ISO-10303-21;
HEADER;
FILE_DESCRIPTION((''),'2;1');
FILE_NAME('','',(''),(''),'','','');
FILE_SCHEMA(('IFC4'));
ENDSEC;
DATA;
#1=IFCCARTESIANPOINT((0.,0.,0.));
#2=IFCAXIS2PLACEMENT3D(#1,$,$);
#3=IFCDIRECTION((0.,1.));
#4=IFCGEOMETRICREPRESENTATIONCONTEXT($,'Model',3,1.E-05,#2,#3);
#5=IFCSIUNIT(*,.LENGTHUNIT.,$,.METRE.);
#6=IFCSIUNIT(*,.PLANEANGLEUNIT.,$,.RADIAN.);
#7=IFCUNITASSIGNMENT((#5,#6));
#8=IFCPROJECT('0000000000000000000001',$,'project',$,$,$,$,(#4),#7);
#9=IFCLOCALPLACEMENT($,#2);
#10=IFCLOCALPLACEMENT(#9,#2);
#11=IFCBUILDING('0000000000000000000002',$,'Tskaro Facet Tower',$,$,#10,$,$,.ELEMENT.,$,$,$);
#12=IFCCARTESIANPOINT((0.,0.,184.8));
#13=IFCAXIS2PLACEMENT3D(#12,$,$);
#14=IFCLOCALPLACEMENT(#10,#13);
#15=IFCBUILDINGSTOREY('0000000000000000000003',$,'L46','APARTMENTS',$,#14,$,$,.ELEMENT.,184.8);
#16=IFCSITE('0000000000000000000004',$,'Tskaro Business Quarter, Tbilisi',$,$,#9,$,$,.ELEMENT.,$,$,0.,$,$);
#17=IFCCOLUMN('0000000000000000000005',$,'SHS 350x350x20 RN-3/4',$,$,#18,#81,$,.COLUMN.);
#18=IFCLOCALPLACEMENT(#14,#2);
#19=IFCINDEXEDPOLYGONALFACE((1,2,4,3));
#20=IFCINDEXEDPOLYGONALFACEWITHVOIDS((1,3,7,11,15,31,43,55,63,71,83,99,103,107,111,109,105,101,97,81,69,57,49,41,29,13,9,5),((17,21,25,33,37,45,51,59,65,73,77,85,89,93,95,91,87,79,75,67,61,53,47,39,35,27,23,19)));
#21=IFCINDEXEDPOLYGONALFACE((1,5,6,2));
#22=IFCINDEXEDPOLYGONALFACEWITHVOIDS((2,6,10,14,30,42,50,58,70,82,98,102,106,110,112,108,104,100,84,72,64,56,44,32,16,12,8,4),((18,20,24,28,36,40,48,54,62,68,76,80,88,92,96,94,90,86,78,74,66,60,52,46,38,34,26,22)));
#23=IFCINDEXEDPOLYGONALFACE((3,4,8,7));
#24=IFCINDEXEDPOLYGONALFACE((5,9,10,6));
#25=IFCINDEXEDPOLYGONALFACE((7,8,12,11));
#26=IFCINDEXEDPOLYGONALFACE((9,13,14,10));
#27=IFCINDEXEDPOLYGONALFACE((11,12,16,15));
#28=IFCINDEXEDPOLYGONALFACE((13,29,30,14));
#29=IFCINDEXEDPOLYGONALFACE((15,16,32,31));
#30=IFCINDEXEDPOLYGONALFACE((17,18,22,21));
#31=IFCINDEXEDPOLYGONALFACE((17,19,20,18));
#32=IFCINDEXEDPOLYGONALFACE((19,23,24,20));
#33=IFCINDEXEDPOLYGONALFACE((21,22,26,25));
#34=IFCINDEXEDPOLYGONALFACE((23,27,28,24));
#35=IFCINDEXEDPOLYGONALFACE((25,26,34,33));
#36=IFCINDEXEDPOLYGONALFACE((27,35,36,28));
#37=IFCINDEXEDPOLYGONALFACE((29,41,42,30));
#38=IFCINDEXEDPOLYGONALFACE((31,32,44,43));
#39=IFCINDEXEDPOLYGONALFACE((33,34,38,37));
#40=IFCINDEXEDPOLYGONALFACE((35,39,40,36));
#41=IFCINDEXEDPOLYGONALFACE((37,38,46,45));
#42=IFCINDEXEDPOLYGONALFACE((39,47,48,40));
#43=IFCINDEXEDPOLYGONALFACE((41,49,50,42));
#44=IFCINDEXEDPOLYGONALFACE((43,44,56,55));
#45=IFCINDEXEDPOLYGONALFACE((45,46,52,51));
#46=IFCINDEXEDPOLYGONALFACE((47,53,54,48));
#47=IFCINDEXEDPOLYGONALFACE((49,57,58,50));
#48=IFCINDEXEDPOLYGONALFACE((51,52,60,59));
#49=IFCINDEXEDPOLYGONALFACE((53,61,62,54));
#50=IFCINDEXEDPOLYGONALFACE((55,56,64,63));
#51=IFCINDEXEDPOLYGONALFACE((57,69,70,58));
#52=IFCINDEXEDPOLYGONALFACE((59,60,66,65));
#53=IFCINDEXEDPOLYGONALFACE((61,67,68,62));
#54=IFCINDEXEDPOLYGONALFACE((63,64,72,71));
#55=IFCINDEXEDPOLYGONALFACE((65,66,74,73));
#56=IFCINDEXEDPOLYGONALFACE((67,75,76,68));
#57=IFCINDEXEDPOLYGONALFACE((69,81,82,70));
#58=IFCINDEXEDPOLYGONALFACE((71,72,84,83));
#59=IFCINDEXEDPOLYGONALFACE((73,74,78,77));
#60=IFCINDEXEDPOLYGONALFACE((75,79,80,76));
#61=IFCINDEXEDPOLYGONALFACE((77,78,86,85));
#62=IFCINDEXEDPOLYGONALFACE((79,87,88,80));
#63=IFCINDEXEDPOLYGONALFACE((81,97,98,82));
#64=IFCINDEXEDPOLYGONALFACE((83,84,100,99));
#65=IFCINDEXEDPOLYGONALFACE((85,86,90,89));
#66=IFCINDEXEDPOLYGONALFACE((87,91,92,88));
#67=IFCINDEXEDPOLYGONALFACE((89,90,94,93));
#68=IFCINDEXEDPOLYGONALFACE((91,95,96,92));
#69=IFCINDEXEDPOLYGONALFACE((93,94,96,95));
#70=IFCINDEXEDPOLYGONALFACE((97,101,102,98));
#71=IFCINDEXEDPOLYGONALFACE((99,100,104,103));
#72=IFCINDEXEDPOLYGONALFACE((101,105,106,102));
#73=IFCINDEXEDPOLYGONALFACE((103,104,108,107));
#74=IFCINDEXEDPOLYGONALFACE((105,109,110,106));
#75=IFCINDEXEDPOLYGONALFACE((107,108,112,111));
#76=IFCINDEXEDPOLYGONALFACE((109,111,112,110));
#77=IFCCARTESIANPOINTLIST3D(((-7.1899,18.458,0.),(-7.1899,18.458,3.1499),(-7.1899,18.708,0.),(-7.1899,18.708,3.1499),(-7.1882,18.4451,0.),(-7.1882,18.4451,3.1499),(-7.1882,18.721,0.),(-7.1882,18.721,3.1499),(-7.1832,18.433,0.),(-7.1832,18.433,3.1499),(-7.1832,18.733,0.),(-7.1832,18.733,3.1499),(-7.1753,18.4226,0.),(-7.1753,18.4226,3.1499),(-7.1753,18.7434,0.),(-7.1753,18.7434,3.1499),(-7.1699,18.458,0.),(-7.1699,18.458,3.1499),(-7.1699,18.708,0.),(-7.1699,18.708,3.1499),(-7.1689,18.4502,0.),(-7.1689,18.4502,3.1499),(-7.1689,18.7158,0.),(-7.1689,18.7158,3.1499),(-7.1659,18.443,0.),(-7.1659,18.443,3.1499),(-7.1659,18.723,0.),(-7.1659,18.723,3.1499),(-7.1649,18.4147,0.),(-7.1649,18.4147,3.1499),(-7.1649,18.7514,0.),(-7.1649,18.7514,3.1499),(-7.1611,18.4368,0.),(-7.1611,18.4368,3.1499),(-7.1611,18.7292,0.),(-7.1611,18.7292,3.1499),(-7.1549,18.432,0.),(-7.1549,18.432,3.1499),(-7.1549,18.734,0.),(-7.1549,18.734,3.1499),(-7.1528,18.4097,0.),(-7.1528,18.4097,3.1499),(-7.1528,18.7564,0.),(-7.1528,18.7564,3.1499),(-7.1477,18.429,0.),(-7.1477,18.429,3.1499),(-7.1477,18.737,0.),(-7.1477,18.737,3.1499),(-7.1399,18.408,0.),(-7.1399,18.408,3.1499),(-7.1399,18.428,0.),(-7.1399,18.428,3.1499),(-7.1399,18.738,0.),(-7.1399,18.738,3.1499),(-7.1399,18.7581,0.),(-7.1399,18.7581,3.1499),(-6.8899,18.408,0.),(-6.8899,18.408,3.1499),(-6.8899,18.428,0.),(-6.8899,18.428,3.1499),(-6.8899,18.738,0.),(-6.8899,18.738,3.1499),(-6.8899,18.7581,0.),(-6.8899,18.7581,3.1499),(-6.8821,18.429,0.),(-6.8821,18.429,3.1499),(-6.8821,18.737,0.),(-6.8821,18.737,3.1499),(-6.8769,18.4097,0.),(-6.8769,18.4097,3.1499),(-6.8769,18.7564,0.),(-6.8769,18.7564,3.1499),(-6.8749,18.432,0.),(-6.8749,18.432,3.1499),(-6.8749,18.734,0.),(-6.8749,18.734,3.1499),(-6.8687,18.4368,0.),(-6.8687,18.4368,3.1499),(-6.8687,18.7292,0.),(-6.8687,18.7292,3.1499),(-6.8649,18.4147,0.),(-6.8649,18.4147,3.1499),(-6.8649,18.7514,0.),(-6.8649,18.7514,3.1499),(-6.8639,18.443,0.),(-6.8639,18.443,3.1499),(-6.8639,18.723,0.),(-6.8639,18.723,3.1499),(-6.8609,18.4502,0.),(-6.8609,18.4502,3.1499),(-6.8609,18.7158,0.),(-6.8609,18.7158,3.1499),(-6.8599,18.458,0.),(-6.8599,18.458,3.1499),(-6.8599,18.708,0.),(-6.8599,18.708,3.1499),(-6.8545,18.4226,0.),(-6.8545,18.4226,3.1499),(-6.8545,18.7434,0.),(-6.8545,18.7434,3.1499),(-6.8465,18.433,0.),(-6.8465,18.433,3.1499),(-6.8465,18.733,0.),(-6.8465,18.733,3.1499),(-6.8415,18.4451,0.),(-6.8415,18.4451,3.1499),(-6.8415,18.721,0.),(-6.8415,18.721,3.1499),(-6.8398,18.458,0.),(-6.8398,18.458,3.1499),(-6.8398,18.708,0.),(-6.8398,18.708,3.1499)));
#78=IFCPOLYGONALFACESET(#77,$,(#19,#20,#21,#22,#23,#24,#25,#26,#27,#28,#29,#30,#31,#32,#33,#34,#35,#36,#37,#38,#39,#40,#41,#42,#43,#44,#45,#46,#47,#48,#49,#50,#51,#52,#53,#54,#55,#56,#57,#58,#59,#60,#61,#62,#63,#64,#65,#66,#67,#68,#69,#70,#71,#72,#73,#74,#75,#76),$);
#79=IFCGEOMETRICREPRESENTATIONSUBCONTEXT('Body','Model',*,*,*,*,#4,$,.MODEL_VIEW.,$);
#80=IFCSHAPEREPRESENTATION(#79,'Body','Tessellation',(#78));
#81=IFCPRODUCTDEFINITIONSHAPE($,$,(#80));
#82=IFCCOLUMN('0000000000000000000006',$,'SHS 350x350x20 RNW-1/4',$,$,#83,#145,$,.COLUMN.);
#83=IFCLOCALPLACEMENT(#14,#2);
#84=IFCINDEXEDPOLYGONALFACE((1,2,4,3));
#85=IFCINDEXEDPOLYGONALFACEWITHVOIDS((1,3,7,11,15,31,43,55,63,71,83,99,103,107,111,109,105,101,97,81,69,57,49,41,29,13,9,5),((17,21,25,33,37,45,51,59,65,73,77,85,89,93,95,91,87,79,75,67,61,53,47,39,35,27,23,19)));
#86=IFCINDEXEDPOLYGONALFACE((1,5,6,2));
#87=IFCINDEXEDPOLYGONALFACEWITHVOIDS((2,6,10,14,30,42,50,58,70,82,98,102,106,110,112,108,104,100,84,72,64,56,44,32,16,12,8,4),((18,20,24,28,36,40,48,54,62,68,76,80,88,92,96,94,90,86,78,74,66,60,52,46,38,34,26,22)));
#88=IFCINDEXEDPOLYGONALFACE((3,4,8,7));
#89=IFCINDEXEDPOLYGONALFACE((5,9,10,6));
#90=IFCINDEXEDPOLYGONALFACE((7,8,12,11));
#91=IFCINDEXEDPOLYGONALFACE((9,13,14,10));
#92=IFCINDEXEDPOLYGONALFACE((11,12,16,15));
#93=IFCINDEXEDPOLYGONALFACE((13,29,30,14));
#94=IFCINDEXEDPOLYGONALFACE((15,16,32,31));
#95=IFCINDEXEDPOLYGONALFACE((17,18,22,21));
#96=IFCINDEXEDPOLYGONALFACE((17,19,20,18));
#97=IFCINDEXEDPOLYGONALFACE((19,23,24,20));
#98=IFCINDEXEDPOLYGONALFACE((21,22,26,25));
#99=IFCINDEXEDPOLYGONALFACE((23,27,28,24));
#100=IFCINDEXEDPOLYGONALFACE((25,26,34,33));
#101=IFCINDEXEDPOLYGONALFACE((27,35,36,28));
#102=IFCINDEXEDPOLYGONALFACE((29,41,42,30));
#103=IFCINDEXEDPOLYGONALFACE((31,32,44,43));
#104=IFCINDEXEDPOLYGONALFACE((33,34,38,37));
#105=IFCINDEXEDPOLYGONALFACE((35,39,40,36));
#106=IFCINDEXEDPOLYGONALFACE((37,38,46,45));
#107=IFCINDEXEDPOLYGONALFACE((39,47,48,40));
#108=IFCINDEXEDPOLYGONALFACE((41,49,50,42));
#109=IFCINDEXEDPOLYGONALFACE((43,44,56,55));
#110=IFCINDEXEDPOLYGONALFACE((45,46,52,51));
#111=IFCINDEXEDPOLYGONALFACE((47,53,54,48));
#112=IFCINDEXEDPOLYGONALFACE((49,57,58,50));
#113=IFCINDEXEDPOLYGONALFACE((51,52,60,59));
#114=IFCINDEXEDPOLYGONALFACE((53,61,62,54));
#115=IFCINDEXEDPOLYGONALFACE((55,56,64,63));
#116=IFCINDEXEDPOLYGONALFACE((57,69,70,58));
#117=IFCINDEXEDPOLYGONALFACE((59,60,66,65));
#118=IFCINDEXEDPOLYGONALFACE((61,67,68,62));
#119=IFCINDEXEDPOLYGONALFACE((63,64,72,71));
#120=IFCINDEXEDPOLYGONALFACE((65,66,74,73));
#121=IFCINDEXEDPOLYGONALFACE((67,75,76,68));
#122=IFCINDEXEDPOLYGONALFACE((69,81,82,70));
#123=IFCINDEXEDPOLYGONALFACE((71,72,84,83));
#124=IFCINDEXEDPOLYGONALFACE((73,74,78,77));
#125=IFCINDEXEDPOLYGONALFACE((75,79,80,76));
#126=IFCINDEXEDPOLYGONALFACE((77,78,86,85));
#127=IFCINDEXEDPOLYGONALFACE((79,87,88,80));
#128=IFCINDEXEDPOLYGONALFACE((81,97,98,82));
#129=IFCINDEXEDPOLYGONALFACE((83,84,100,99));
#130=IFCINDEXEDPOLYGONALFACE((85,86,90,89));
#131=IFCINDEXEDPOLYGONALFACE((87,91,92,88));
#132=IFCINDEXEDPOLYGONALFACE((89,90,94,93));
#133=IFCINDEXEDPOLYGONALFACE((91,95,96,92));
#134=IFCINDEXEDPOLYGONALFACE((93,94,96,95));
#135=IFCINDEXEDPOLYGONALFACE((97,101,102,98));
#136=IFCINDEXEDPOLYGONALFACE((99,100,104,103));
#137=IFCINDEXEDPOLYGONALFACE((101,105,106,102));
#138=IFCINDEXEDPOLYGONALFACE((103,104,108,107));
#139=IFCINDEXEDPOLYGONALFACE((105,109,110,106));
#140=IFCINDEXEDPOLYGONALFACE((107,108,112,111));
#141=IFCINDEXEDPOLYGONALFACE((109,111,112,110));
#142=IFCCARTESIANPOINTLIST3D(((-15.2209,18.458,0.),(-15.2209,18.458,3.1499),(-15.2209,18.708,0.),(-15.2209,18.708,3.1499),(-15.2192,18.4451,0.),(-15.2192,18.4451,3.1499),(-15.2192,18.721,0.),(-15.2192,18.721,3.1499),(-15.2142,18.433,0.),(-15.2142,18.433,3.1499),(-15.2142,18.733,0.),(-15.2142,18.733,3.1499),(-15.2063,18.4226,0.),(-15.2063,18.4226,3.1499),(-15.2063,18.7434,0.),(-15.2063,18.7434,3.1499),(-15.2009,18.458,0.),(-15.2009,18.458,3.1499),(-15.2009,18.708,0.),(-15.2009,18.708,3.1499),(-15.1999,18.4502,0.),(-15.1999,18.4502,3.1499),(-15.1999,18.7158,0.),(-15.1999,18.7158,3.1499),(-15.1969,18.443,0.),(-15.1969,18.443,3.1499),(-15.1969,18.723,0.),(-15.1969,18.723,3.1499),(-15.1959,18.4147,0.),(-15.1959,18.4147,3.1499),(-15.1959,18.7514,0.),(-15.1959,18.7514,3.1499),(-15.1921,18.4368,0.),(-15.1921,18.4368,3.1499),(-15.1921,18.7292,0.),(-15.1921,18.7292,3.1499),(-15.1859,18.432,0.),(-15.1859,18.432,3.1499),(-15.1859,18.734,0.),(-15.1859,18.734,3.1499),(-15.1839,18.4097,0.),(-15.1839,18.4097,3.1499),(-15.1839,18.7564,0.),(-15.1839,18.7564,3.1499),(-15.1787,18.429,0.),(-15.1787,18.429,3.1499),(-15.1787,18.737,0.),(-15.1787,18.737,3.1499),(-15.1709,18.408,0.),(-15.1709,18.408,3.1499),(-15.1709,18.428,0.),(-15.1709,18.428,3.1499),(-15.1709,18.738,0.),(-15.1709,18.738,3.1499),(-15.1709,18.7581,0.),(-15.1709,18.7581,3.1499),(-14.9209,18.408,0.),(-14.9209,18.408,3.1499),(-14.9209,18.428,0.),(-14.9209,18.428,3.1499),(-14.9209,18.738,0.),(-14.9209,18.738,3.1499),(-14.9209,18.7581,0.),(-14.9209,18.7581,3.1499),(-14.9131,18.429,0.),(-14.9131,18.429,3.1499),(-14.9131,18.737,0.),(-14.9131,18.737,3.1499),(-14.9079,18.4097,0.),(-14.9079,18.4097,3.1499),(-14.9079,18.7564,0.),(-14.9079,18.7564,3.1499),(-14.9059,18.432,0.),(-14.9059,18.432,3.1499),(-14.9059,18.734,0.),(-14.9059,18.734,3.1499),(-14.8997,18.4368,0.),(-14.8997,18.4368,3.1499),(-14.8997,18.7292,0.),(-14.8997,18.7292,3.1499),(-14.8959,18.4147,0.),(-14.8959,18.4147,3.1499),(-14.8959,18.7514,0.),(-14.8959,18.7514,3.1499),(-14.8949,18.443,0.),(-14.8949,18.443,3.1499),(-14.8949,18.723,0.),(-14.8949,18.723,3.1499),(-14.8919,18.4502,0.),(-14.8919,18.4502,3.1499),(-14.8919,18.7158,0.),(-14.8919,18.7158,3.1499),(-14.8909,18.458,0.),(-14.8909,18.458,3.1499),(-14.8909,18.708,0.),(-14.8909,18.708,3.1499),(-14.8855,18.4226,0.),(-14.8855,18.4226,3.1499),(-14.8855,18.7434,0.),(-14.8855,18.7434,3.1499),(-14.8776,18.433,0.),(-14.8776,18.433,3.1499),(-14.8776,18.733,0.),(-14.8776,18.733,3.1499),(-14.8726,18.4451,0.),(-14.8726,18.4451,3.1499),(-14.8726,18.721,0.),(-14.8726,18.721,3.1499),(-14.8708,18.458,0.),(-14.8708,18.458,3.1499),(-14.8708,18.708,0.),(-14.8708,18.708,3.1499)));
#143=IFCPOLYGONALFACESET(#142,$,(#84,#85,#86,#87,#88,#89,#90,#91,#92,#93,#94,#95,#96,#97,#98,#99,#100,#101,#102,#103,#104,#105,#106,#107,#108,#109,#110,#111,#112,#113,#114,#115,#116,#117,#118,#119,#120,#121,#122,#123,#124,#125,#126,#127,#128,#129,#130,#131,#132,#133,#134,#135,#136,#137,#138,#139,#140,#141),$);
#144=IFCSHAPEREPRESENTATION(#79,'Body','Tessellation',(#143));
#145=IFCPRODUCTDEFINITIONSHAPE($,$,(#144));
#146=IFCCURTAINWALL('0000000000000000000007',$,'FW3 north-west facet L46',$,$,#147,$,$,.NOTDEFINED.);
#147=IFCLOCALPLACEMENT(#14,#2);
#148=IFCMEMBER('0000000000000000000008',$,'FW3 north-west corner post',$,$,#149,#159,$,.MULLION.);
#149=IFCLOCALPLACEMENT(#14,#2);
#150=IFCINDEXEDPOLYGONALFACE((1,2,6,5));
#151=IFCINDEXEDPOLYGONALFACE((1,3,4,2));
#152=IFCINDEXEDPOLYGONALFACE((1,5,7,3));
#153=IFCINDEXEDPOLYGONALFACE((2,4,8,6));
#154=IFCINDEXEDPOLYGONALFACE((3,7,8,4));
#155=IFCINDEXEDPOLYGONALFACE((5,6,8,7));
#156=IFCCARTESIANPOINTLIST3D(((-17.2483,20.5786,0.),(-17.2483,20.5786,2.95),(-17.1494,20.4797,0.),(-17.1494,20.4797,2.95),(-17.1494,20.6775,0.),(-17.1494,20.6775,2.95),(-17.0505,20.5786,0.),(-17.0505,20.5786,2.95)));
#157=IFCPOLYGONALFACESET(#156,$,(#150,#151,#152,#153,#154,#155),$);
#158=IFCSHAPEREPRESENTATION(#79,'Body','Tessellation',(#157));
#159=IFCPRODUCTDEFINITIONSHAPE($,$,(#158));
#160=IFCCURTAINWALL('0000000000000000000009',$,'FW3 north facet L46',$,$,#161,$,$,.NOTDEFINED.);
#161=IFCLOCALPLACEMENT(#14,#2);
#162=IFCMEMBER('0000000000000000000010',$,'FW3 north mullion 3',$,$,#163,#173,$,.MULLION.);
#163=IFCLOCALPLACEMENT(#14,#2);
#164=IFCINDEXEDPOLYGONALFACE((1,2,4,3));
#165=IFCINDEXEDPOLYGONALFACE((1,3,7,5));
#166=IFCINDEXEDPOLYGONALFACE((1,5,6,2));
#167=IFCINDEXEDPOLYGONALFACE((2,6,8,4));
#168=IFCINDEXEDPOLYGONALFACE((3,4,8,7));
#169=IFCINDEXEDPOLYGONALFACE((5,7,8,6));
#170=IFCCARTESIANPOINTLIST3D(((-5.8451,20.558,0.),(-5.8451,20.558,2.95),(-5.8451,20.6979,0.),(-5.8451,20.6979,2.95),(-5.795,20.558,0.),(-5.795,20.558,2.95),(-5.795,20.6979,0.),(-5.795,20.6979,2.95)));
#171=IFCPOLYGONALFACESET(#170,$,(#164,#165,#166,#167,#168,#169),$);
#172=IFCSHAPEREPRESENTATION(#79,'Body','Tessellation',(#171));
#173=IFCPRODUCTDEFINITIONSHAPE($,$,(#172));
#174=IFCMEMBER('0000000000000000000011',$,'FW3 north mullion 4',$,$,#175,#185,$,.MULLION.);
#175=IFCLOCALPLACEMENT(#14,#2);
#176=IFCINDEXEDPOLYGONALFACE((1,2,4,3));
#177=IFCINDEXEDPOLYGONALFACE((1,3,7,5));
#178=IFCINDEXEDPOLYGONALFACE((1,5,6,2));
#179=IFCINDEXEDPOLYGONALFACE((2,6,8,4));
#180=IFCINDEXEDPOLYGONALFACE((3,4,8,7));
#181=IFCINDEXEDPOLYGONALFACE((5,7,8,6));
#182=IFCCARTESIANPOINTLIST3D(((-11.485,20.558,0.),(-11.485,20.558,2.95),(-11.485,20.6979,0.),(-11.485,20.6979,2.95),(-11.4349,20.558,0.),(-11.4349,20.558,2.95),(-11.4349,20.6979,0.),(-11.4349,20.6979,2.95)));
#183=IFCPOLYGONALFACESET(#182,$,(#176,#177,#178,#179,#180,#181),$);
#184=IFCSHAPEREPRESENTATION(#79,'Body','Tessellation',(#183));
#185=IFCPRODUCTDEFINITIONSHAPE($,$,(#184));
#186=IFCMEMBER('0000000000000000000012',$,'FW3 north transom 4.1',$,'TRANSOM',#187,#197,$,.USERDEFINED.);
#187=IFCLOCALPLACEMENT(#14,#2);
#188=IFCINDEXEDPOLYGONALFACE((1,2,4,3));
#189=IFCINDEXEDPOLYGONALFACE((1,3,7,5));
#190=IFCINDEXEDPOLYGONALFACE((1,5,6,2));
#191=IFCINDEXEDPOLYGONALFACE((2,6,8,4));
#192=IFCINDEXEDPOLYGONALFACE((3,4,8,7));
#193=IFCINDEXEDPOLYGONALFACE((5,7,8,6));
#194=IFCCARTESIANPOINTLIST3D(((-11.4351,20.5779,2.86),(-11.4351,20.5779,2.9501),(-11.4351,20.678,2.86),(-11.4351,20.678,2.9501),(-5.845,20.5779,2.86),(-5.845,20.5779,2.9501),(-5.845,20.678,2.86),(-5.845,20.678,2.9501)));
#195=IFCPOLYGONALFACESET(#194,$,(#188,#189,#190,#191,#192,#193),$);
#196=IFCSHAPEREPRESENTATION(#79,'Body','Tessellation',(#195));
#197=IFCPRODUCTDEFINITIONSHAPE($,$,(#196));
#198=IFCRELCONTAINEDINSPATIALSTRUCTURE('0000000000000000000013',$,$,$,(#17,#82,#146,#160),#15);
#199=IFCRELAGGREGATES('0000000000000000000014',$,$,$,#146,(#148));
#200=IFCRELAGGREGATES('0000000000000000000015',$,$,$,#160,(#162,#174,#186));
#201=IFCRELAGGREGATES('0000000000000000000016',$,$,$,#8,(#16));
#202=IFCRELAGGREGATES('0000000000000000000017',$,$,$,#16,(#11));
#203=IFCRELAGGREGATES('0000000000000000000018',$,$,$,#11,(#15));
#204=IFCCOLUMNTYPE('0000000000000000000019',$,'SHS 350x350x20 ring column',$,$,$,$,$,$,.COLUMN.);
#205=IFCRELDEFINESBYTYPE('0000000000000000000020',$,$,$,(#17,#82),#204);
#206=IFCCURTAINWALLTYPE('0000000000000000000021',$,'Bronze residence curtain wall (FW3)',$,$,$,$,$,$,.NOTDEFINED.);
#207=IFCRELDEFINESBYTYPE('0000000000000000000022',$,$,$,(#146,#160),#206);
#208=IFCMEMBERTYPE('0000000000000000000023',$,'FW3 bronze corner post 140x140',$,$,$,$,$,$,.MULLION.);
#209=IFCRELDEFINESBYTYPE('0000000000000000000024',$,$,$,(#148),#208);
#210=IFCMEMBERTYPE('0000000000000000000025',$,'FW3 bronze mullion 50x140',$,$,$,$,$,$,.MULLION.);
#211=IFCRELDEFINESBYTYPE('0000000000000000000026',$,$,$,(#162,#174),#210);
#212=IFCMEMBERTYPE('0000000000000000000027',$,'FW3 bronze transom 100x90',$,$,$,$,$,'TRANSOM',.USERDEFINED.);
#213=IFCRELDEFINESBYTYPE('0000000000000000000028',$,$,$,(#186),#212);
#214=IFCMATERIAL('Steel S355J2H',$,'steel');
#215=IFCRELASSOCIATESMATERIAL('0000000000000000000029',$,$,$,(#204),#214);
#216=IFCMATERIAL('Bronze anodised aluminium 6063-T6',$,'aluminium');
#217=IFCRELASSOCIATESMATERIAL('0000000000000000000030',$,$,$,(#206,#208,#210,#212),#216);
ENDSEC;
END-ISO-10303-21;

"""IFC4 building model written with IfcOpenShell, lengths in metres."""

from ifc_helpers import new_model, si_unit, direction, frame, origin, origin_2d, place, context, subcontext, project, spatial, rectangle, hollow_rectangle, extrude, material, material_profile, profile_set, type_object, element, aggregate, save


model = new_model("IFC4")

# Units and contexts
model_context = context("Model", 3, precision=1e-05, world=origin(), true_north=direction((0.0, 1.0)))
body_context = subcontext(model_context, "Body", "Model", "MODEL_VIEW")
ifc_project = project(units=[si_unit("LENGTHUNIT", "METRE"), si_unit("PLANEANGLEUNIT", "RADIAN")], contexts=[model_context])

# Site, building, storey
site_placement = place(None, origin())
site = spatial("IfcSite", under=ifc_project, at=site_placement, Name="Tskaro Business Quarter, Tbilisi", CompositionType="ELEMENT", RefElevation=0.0)
building_placement = place(site_placement, origin())
building = spatial("IfcBuilding", under=site, at=building_placement, Name="Tskaro Facet Tower", CompositionType="ELEMENT")
storey_placement = place(building_placement, frame((0.0, 0.0, 184.8)))
storey = spatial("IfcBuildingStorey", under=building, at=storey_placement, Name="L46", Description="APARTMENTS", CompositionType="ELEMENT", Elevation=184.8)

# Columns
ifc_material_1 = material(Name="Steel S355J2H", Category="steel")
ifc_material_profile_1 = material_profile(ifc_material_1, hollow_rectangle(XDim=0.3501, YDim=0.3501, WallThickness=0.02, InnerFilletRadius=0.03, OuterFilletRadius=0.05, at=origin_2d()), Name="SHS 350x350x20")
ifc_profile_set_1 = profile_set([ifc_material_profile_1], Name="Steel S355J2H")
column_type = type_object("IfcColumnType", Name="SHS 350x350x20 ring column", PredefinedType="COLUMN", material=ifc_profile_set_1)
for number, where, z_axis, x_axis, name in (
    (1, (-7.0149, 18.583, 0.0), (0.0, 0.0, 1.0), (1.0, 0.0, 0.0), "SHS 350x350x20 RN-3/4"),
    (2, (-15.0459, 18.583, 0.0), (0.0, 0.0, 1.0), (1.0, 0.0, 0.0), "SHS 350x350x20 RNW-1/4"),
):
    element("IfcColumn", number, at=place(storey_placement, frame(where, z_axis=z_axis, x_axis=x_axis)), inside=storey, type_object=column_type, Name=name, PredefinedType="COLUMN", context=body_context, shape_type="SweptSolid", body=[
        extrude(hollow_rectangle(XDim=0.3501, YDim=0.3501, WallThickness=0.02, InnerFilletRadius=0.03, OuterFilletRadius=0.05, at=origin_2d()), origin(), (0.0, 0.0, 1.0), 3.1499),
    ])

# Curtain wall, member
ifc_material_2 = material(Name="Bronze anodised aluminium 6063-T6", Category="aluminium")
curtain_wall_type = type_object("IfcCurtainWallType", Name="Bronze residence curtain wall (FW3)", PredefinedType="NOTDEFINED", material=ifc_material_2)
curtain_wall_1_placement = place(storey_placement, origin())
curtain_wall_1 = element("IfcCurtainWall", 3, at=curtain_wall_1_placement, inside=storey, type_object=curtain_wall_type, Name="FW3 north-west facet L46", PredefinedType="NOTDEFINED")
ifc_material_profile_2 = material_profile(ifc_material_2, rectangle(XDim=0.1399, YDim=0.1399, at=origin_2d()), Name="Corner post 140x140")
ifc_profile_set_2 = profile_set([ifc_material_profile_2], Name="Bronze anodised aluminium 6063-T6")
member_type_1 = type_object("IfcMemberType", Name="FW3 bronze corner post 140x140", PredefinedType="MULLION", material=ifc_profile_set_2)
member_1_placement = place(storey_placement, frame((-17.1494, 20.5786, 0.0), z_axis=(0.0, 0.0, 1.0), x_axis=(-0.707107, -0.707107, 0.0)))
member_1 = element("IfcMember", 4, at=member_1_placement, type_object=member_type_1, Name="FW3 north-west corner post", PredefinedType="MULLION", context=body_context, shape_type="SweptSolid", body=[
    extrude(rectangle(XDim=0.1399, YDim=0.1399, at=origin_2d()), origin(), (0.0, 0.0, 1.0), 2.95),
])

# Curtain wall, members
curtain_wall_2_placement = place(storey_placement, origin())
curtain_wall_2 = element("IfcCurtainWall", 5, at=curtain_wall_2_placement, inside=storey, type_object=curtain_wall_type, Name="FW3 north facet L46", PredefinedType="NOTDEFINED")
ifc_material_profile_3 = material_profile(ifc_material_2, rectangle(XDim=0.05, YDim=0.1399, at=origin_2d()), Name="Mullion 50x140")
ifc_profile_set_3 = profile_set([ifc_material_profile_3], Name="Bronze anodised aluminium 6063-T6")
member_type_2 = type_object("IfcMemberType", Name="FW3 bronze mullion 50x140", PredefinedType="MULLION", material=ifc_profile_set_3)
member_2_placement = place(storey_placement, frame((-5.8201, 20.6279, 0.0), z_axis=(0.0, 0.0, 1.0), x_axis=(-1.0, 0.0, 0.0)))
member_2 = element("IfcMember", 6, at=member_2_placement, type_object=member_type_2, Name="FW3 north mullion 3", PredefinedType="MULLION", context=body_context, shape_type="SweptSolid", body=[
    extrude(rectangle(XDim=0.05, YDim=0.1399, at=origin_2d()), origin(), (0.0, 0.0, 1.0), 2.95),
])
member_3_placement = place(storey_placement, frame((-11.46, 20.6279, 0.0), z_axis=(0.0, 0.0, 1.0), x_axis=(-1.0, 0.0, 0.0)))
member_3 = element("IfcMember", 7, at=member_3_placement, type_object=member_type_2, Name="FW3 north mullion 4", PredefinedType="MULLION", context=body_context, shape_type="SweptSolid", body=[
    extrude(rectangle(XDim=0.05, YDim=0.1399, at=origin_2d()), origin(), (0.0, 0.0, 1.0), 2.95),
])
ifc_material_profile_4 = material_profile(ifc_material_2, rectangle(XDim=0.1001, YDim=0.0901, at=origin_2d()), Name="Transom 100x90")
ifc_profile_set_4 = profile_set([ifc_material_profile_4], Name="Bronze anodised aluminium 6063-T6")
member_type_3 = type_object("IfcMemberType", Name="FW3 bronze transom 100x90", ElementType="TRANSOM", PredefinedType="USERDEFINED", material=ifc_profile_set_4)
member_4_placement = place(storey_placement, frame((-5.845, 20.6279, 2.905), z_axis=(-1.0, 0.0, 0.0), x_axis=(0.0, -1.0, 0.0)))
member_4 = element("IfcMember", 8, at=member_4_placement, type_object=member_type_3, Name="FW3 north transom 4.1", ObjectType="TRANSOM", PredefinedType="USERDEFINED", context=body_context, shape_type="SweptSolid", body=[
    extrude(rectangle(XDim=0.1001, YDim=0.0901, at=origin_2d()), origin(), (0.0, 0.0, 1.0), 5.5901),
])

aggregate(curtain_wall_1, [member_1])

aggregate(curtain_wall_2, [member_2, member_3, member_4])

save(model, "model.ifc")
